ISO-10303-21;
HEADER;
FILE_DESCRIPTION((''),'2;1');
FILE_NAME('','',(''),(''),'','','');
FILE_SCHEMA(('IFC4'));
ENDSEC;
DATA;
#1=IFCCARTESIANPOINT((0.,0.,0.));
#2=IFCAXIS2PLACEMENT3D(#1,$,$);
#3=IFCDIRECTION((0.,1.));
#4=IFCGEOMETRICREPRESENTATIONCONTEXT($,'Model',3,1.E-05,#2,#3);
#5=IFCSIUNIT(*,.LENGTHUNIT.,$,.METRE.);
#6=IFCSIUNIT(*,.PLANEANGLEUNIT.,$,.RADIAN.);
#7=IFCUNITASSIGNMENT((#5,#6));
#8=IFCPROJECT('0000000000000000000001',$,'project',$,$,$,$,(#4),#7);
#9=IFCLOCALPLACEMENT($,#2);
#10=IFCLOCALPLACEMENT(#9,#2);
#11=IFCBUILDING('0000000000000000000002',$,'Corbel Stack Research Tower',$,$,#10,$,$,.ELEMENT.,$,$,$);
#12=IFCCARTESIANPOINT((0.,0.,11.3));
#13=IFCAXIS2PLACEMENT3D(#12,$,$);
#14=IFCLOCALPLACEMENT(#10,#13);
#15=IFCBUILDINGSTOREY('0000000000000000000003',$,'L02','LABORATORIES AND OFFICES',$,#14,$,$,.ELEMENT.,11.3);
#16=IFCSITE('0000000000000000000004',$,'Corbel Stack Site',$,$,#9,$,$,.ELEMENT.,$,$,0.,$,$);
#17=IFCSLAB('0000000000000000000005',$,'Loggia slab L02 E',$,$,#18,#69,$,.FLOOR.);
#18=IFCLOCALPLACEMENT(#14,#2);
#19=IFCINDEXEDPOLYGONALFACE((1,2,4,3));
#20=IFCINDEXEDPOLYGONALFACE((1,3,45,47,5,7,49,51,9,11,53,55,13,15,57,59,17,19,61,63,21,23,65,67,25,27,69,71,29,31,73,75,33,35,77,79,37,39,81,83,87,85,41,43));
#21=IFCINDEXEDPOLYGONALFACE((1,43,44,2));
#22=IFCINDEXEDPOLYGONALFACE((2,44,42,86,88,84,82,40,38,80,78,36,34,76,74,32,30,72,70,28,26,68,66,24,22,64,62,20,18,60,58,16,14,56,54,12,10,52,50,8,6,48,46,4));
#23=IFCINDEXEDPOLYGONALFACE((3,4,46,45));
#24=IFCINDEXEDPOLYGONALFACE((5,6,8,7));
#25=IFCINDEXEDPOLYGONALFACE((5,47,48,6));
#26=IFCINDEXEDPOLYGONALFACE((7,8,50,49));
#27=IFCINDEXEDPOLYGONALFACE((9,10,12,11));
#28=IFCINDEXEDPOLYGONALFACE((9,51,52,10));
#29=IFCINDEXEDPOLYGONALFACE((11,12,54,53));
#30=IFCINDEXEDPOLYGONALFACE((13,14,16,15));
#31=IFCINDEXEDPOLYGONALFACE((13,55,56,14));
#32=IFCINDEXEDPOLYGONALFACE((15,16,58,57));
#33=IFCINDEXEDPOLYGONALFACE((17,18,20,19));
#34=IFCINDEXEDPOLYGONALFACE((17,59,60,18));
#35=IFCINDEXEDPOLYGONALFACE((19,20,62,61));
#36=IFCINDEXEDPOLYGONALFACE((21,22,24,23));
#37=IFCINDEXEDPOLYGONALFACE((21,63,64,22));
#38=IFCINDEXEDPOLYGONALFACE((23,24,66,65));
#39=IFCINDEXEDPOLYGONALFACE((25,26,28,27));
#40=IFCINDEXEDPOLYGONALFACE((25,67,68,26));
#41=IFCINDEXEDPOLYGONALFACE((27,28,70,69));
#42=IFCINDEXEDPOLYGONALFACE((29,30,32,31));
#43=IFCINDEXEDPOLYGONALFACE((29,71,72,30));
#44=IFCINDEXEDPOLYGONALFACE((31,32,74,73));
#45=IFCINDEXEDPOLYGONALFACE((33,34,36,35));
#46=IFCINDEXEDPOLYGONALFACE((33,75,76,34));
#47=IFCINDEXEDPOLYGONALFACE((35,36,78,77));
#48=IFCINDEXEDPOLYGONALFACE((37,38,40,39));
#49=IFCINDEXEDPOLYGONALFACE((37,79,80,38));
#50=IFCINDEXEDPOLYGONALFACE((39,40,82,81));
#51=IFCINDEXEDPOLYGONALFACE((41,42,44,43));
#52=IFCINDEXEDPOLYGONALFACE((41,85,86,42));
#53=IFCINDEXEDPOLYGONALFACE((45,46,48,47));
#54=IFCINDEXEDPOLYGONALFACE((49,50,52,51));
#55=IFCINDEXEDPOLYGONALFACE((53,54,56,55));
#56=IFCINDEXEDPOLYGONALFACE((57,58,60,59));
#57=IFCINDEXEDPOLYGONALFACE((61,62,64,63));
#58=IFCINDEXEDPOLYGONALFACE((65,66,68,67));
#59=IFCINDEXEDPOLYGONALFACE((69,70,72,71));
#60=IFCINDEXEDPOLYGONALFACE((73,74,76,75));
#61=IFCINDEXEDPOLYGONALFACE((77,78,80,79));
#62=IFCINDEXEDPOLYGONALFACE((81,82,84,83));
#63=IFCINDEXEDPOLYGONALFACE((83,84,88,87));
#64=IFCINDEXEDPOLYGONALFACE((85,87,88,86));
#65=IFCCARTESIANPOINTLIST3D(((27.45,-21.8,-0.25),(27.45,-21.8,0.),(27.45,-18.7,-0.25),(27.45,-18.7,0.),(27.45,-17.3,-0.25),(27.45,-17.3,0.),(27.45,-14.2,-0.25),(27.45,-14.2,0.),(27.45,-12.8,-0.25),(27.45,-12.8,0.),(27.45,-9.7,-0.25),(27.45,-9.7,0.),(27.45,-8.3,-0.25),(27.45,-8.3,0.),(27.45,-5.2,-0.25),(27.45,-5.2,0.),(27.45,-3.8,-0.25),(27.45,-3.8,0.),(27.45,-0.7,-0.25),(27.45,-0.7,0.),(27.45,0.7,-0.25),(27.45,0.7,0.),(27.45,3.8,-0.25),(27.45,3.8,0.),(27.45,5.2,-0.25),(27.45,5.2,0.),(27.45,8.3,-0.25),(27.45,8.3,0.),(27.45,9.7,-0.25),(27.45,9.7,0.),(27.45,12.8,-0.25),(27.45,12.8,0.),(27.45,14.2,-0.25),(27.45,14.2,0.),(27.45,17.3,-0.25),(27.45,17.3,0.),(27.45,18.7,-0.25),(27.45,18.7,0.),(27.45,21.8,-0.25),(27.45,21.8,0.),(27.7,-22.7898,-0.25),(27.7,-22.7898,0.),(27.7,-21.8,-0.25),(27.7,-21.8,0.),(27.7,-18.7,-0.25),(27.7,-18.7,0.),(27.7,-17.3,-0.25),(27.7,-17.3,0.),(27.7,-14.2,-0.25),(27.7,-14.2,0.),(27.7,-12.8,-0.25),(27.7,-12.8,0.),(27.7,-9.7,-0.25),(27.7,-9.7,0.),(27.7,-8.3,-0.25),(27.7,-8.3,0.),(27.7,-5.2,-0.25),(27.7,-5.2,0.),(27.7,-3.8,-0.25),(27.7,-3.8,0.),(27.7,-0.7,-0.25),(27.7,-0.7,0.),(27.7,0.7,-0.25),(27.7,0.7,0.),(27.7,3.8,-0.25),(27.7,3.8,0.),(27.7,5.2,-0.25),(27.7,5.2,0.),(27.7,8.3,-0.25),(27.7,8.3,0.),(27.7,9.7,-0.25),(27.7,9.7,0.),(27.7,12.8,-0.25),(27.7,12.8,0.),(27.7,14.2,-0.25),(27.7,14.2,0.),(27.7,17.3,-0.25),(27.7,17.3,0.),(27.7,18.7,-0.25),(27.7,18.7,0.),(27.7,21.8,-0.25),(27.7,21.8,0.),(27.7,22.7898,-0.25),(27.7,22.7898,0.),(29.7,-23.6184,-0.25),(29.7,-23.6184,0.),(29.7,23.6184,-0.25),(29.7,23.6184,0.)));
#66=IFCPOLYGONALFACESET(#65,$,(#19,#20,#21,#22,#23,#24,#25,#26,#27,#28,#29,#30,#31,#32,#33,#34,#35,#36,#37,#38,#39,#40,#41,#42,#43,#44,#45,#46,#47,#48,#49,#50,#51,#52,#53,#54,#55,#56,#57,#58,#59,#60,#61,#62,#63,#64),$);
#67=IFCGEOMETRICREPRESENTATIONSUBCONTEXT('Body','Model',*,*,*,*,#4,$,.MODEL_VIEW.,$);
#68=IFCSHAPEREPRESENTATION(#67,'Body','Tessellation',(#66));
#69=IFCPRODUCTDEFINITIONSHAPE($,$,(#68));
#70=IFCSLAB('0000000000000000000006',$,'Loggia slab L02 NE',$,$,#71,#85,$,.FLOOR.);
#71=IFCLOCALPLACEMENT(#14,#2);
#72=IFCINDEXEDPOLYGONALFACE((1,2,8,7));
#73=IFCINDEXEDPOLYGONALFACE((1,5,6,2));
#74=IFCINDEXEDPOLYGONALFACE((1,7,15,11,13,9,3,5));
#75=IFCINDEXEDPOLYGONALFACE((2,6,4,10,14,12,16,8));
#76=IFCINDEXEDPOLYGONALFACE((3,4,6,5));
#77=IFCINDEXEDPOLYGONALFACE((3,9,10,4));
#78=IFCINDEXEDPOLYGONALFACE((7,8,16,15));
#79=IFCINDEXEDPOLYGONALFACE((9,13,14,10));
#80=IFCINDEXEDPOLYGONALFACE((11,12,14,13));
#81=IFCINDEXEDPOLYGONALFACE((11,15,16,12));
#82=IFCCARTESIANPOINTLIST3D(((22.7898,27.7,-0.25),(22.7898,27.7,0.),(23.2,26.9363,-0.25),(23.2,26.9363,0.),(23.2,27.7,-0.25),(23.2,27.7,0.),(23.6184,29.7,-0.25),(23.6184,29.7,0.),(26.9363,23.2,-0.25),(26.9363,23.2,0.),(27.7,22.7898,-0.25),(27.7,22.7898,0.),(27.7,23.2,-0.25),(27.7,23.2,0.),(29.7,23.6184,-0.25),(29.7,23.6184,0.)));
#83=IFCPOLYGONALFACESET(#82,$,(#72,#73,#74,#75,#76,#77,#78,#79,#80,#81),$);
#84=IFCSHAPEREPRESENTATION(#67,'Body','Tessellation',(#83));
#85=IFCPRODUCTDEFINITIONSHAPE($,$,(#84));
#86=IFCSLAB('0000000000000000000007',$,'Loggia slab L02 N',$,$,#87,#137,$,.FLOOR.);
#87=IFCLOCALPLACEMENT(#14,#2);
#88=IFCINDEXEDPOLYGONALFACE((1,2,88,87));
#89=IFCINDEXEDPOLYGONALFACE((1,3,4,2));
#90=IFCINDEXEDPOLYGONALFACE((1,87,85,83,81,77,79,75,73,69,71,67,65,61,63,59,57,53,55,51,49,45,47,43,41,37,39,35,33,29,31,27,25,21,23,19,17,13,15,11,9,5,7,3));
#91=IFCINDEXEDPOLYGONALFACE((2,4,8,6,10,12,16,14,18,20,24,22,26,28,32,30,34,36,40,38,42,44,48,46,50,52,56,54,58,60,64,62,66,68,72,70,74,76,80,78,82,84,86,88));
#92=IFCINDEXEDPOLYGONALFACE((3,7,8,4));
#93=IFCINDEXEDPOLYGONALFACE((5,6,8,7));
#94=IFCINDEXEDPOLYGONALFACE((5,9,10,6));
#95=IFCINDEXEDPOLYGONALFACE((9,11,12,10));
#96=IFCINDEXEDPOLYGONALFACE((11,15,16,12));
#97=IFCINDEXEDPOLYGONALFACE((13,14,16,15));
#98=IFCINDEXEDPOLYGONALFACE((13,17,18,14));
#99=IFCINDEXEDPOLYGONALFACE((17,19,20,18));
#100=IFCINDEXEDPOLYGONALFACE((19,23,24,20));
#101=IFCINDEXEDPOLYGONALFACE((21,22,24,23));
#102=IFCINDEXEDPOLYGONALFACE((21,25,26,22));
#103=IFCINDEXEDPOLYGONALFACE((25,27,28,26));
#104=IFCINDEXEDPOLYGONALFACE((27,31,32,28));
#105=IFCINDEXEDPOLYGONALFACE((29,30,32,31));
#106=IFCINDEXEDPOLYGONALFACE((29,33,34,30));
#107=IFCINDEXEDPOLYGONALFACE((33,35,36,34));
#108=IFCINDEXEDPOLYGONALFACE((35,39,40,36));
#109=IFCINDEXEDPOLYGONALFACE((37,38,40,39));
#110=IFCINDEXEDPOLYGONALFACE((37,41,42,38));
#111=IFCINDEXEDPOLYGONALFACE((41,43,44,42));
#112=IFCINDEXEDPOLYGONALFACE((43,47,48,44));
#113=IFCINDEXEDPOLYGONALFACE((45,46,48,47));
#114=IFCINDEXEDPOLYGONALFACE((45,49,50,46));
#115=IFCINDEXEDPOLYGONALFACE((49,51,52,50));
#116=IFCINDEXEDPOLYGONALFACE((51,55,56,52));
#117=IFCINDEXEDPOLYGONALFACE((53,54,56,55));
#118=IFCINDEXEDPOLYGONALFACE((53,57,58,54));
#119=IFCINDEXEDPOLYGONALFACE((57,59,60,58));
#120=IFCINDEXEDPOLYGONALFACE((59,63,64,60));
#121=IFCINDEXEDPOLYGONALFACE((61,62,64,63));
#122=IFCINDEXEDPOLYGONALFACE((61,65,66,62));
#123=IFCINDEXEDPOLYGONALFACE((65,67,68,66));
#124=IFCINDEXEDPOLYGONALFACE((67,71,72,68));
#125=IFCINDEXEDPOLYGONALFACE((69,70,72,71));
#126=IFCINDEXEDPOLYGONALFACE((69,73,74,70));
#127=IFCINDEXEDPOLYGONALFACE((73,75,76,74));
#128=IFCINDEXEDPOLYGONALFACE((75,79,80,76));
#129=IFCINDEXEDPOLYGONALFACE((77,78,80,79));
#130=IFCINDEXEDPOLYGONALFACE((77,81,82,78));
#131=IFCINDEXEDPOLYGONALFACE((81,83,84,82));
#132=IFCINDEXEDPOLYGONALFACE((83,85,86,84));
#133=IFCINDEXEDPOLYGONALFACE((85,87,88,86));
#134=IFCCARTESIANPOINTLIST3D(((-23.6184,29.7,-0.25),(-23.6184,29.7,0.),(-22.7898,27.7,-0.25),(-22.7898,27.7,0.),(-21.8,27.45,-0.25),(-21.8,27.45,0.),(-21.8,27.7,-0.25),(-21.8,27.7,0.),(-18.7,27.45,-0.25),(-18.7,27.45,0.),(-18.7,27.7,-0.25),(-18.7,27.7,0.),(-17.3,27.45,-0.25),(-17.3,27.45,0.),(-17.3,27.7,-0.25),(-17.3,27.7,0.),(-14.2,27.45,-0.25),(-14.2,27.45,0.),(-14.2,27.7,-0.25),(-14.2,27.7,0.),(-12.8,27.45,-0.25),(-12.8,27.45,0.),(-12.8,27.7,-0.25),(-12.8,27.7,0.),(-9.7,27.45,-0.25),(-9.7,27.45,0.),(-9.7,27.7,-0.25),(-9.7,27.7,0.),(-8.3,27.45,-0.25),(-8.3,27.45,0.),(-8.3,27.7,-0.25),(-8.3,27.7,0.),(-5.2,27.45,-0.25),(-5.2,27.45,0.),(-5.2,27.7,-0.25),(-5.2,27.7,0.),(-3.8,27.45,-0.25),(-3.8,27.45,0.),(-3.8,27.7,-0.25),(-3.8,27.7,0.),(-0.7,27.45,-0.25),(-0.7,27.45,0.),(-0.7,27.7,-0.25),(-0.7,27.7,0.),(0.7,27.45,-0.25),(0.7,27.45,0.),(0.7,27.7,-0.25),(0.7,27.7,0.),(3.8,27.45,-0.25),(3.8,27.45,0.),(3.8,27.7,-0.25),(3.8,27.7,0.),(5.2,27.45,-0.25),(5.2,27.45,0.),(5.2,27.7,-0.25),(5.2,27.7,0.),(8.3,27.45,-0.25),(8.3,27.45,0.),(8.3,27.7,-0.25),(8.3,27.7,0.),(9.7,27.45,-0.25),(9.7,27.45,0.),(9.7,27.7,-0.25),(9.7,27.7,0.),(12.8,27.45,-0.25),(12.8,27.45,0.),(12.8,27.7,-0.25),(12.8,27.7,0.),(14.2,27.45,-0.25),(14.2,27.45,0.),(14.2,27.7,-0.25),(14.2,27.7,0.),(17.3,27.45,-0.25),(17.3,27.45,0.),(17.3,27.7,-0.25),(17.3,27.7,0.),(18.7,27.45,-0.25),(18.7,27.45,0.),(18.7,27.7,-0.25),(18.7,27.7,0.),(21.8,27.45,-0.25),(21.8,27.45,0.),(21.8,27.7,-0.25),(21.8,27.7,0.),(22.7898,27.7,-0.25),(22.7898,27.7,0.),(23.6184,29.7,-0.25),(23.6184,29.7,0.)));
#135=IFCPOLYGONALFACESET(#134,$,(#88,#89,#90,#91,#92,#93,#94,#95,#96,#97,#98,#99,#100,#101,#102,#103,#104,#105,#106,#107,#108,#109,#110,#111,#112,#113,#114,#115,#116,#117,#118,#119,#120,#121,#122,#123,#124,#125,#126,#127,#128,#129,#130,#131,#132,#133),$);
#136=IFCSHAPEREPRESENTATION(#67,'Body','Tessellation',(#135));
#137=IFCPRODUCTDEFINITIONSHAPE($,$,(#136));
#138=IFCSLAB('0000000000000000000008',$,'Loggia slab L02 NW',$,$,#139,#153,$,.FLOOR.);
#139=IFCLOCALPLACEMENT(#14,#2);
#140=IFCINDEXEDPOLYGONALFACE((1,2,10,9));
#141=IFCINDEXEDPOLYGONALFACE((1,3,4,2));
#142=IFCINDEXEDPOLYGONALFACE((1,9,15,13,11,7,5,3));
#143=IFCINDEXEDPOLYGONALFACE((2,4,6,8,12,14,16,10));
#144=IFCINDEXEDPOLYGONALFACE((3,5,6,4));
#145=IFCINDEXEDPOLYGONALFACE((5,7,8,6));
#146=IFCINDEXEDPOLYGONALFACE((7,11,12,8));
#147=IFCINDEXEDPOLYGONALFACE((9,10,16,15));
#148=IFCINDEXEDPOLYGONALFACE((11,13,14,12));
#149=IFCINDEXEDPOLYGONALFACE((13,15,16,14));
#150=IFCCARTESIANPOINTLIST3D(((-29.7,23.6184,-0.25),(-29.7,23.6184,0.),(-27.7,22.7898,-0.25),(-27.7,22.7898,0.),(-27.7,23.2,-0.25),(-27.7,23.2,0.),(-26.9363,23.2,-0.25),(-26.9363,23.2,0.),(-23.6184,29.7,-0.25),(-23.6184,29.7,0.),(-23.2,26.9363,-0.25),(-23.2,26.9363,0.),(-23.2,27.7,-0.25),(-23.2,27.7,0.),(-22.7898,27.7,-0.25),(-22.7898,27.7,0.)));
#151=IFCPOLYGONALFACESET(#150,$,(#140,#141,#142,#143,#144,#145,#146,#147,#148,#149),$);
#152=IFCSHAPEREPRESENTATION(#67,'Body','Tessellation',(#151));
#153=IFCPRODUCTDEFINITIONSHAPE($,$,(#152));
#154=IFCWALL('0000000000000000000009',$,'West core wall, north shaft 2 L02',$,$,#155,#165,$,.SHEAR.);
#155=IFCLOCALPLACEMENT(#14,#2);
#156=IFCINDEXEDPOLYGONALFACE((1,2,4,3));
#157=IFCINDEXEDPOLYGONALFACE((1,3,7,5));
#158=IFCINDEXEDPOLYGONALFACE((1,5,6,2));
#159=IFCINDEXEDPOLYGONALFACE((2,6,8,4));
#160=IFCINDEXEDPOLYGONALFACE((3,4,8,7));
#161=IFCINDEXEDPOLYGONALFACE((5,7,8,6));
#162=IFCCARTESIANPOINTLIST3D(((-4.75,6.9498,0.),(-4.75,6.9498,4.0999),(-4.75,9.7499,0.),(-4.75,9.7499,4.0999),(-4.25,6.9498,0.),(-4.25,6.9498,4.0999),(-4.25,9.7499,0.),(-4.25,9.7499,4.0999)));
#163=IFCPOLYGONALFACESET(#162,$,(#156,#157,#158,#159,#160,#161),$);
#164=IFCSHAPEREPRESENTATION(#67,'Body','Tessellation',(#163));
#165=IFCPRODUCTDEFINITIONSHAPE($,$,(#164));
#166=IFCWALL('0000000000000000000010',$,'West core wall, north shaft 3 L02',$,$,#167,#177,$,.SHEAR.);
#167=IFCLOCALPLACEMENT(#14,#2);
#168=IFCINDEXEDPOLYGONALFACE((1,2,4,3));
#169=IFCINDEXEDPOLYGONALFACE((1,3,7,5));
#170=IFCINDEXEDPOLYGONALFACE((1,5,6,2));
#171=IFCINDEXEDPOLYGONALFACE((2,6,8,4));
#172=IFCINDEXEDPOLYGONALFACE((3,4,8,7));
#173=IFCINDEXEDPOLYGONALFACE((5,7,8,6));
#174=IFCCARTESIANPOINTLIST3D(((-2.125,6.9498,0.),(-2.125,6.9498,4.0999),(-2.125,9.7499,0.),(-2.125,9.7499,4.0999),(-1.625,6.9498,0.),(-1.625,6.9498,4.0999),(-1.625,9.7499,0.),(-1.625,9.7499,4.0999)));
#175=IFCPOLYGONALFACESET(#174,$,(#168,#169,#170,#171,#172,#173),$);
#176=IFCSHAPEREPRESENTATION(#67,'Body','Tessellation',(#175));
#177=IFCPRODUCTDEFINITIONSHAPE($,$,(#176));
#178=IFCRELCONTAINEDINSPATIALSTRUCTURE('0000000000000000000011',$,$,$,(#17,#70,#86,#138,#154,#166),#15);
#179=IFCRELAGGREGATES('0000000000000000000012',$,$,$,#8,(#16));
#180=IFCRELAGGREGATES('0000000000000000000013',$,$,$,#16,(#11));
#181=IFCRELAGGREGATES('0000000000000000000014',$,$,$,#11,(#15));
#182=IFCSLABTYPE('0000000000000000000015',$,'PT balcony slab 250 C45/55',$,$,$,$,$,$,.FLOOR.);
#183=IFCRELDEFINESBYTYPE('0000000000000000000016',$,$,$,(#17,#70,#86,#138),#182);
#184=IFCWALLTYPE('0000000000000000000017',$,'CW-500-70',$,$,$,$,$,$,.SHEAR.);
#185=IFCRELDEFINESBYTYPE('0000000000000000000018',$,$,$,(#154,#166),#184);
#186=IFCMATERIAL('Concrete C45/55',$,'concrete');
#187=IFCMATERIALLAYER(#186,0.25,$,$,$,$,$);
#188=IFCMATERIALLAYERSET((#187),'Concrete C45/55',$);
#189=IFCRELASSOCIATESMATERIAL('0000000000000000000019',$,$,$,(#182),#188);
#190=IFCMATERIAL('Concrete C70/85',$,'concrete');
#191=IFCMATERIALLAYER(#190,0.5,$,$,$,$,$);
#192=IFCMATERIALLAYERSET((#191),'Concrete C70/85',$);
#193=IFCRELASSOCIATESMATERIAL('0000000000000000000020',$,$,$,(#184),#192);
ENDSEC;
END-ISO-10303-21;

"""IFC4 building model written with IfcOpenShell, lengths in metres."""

from ifc_helpers import new_model, si_unit, direction, frame, frame_2d, origin, place, context, subcontext, project, spatial, polyline, rectangle, outline, extrude, material, layer, layer_set, type_object, element, save


model = new_model("IFC4")

# Units and contexts
model_context = context("Model", 3, precision=1e-05, world=origin(), true_north=direction((0.0, 1.0)))
body_context = subcontext(model_context, "Body", "Model", "MODEL_VIEW")
ifc_project = project(units=[si_unit("LENGTHUNIT", "METRE"), si_unit("PLANEANGLEUNIT", "RADIAN")], contexts=[model_context])

# Site, building, storey
site_placement = place(None, origin())
site = spatial("IfcSite", under=ifc_project, at=site_placement, Name="Corbel Stack Site", CompositionType="ELEMENT", RefElevation=0.0)
building_placement = place(site_placement, origin())
building = spatial("IfcBuilding", under=site, at=building_placement, Name="Corbel Stack Research Tower", CompositionType="ELEMENT")
storey_placement = place(building_placement, frame((0.0, 0.0, 11.3)))
storey = spatial("IfcBuildingStorey", under=building, at=storey_placement, Name="L02", Description="LABORATORIES AND OFFICES", CompositionType="ELEMENT", Elevation=11.3)

# Slabs
ifc_material_1 = material(Name="Concrete C45/55", Category="concrete")
ifc_layer_1 = layer(ifc_material_1, 0.25)
ifc_layer_set_1 = layer_set([ifc_layer_1], Name="Concrete C45/55")
slab_type_1 = type_object("IfcSlabType", Name="PT balcony slab 250 C45/55", PredefinedType="FLOOR", material=ifc_layer_set_1)
slab_1_placement = place(storey_placement, frame((0.0, 0.0, -0.25)))
element("IfcSlab", 1, at=slab_1_placement, inside=storey, type_object=slab_type_1, Name="Loggia slab L02 E", PredefinedType="FLOOR", context=body_context, shape_type="SweptSolid", body=[
    extrude(outline(polyline([(27.7, 22.7898), (27.7, 21.8), (27.45, 21.8), (27.45, 18.7), (27.7, 18.7), (27.7, 17.3), (27.45, 17.3), (27.45, 14.2), (27.7, 14.2), (27.7, 12.8), (27.45, 12.8), (27.45, 9.7), (27.7, 9.7), (27.7, 8.3), (27.45, 8.3), (27.45, 5.2), (27.7, 5.2), (27.7, 3.8), (27.45, 3.8), (27.45, 0.7), (27.7, 0.7), (27.7, -0.7), (27.45, -0.7), (27.45, -3.8), (27.7, -3.8), (27.7, -5.2), (27.45, -5.2), (27.45, -8.3), (27.7, -8.3), (27.7, -9.7), (27.45, -9.7), (27.45, -12.8), (27.7, -12.8), (27.7, -14.2), (27.45, -14.2), (27.45, -17.3), (27.7, -17.3), (27.7, -18.7), (27.45, -18.7), (27.45, -21.8), (27.7, -21.8), (27.7, -22.7898), (29.7, -23.6184), (29.7, 23.6184), (27.7, 22.7898)])), origin(), (0.0, 0.0, 1.0), 0.25),
])
slab_2_placement = place(storey_placement, frame((0.0, 0.0, -0.25)))
element("IfcSlab", 2, at=slab_2_placement, inside=storey, type_object=slab_type_1, Name="Loggia slab L02 NE", PredefinedType="FLOOR", context=body_context, shape_type="SweptSolid", body=[
    extrude(outline(polyline([(22.7898, 27.7), (23.2, 27.7), (23.2, 26.9363), (26.9363, 23.2), (27.7, 23.2), (27.7, 22.7898), (29.7, 23.6184), (23.6184, 29.7), (22.7898, 27.7)])), origin(), (0.0, 0.0, 1.0), 0.25),
])
slab_3_placement = place(storey_placement, frame((0.0, 0.0, -0.25)))
element("IfcSlab", 3, at=slab_3_placement, inside=storey, type_object=slab_type_1, Name="Loggia slab L02 N", PredefinedType="FLOOR", context=body_context, shape_type="SweptSolid", body=[
    extrude(outline(polyline([(-22.7898, 27.7), (-21.8, 27.7), (-21.8, 27.45), (-18.7, 27.45), (-18.7, 27.7), (-17.3, 27.7), (-17.3, 27.45), (-14.2, 27.45), (-14.2, 27.7), (-12.8, 27.7), (-12.8, 27.45), (-9.7, 27.45), (-9.7, 27.7), (-8.3, 27.7), (-8.3, 27.45), (-5.2, 27.45), (-5.2, 27.7), (-3.8, 27.7), (-3.8, 27.45), (-0.7, 27.45), (-0.7, 27.7), (0.7, 27.7), (0.7, 27.45), (3.8, 27.45), (3.8, 27.7), (5.2, 27.7), (5.2, 27.45), (8.3, 27.45), (8.3, 27.7), (9.7, 27.7), (9.7, 27.45), (12.8, 27.45), (12.8, 27.7), (14.2, 27.7), (14.2, 27.45), (17.3, 27.45), (17.3, 27.7), (18.7, 27.7), (18.7, 27.45), (21.8, 27.45), (21.8, 27.7), (22.7898, 27.7), (23.6184, 29.7), (-23.6184, 29.7), (-22.7898, 27.7)])), origin(), (0.0, 0.0, 1.0), 0.25),
])
slab_4_placement = place(storey_placement, frame((0.0, 0.0, -0.25)))
element("IfcSlab", 4, at=slab_4_placement, inside=storey, type_object=slab_type_1, Name="Loggia slab L02 NW", PredefinedType="FLOOR", context=body_context, shape_type="SweptSolid", body=[
    extrude(outline(polyline([(-27.7, 22.7898), (-27.7, 23.2), (-26.9363, 23.2), (-23.2, 26.9363), (-23.2, 27.7), (-22.7898, 27.7), (-23.6184, 29.7), (-29.7, 23.6184), (-27.7, 22.7898)])), origin(), (0.0, 0.0, 1.0), 0.25),
])

# Walls
ifc_material_2 = material(Name="Concrete C70/85", Category="concrete")
ifc_layer_2 = layer(ifc_material_2, 0.5)
ifc_layer_set_2 = layer_set([ifc_layer_2], Name="Concrete C70/85")
wall_type = type_object("IfcWallType", Name="CW-500-70", PredefinedType="SHEAR", material=ifc_layer_set_2)
for number, where, z_axis, x_axis, name in (
    (5, (-4.5, 6.95, 0.0), (0.0, 0.0, 1.0), (0.0, 1.0, 0.0), "West core wall, north shaft 2 L02"),
    (6, (-1.875, 6.95, 0.0), (0.0, 0.0, 1.0), (0.0, 1.0, 0.0), "West core wall, north shaft 3 L02"),
):
    element("IfcWall", number, at=place(storey_placement, frame(where, z_axis=z_axis, x_axis=x_axis)), inside=storey, type_object=wall_type, Name=name, PredefinedType="SHEAR", context=body_context, shape_type="SweptSolid", body=[
        extrude(rectangle(XDim=2.8, YDim=0.5, at=frame_2d((1.3999, 0.0))), origin(), (0.0, 0.0, 1.0), 4.0999),
    ])

save(model, "model.ifc")
